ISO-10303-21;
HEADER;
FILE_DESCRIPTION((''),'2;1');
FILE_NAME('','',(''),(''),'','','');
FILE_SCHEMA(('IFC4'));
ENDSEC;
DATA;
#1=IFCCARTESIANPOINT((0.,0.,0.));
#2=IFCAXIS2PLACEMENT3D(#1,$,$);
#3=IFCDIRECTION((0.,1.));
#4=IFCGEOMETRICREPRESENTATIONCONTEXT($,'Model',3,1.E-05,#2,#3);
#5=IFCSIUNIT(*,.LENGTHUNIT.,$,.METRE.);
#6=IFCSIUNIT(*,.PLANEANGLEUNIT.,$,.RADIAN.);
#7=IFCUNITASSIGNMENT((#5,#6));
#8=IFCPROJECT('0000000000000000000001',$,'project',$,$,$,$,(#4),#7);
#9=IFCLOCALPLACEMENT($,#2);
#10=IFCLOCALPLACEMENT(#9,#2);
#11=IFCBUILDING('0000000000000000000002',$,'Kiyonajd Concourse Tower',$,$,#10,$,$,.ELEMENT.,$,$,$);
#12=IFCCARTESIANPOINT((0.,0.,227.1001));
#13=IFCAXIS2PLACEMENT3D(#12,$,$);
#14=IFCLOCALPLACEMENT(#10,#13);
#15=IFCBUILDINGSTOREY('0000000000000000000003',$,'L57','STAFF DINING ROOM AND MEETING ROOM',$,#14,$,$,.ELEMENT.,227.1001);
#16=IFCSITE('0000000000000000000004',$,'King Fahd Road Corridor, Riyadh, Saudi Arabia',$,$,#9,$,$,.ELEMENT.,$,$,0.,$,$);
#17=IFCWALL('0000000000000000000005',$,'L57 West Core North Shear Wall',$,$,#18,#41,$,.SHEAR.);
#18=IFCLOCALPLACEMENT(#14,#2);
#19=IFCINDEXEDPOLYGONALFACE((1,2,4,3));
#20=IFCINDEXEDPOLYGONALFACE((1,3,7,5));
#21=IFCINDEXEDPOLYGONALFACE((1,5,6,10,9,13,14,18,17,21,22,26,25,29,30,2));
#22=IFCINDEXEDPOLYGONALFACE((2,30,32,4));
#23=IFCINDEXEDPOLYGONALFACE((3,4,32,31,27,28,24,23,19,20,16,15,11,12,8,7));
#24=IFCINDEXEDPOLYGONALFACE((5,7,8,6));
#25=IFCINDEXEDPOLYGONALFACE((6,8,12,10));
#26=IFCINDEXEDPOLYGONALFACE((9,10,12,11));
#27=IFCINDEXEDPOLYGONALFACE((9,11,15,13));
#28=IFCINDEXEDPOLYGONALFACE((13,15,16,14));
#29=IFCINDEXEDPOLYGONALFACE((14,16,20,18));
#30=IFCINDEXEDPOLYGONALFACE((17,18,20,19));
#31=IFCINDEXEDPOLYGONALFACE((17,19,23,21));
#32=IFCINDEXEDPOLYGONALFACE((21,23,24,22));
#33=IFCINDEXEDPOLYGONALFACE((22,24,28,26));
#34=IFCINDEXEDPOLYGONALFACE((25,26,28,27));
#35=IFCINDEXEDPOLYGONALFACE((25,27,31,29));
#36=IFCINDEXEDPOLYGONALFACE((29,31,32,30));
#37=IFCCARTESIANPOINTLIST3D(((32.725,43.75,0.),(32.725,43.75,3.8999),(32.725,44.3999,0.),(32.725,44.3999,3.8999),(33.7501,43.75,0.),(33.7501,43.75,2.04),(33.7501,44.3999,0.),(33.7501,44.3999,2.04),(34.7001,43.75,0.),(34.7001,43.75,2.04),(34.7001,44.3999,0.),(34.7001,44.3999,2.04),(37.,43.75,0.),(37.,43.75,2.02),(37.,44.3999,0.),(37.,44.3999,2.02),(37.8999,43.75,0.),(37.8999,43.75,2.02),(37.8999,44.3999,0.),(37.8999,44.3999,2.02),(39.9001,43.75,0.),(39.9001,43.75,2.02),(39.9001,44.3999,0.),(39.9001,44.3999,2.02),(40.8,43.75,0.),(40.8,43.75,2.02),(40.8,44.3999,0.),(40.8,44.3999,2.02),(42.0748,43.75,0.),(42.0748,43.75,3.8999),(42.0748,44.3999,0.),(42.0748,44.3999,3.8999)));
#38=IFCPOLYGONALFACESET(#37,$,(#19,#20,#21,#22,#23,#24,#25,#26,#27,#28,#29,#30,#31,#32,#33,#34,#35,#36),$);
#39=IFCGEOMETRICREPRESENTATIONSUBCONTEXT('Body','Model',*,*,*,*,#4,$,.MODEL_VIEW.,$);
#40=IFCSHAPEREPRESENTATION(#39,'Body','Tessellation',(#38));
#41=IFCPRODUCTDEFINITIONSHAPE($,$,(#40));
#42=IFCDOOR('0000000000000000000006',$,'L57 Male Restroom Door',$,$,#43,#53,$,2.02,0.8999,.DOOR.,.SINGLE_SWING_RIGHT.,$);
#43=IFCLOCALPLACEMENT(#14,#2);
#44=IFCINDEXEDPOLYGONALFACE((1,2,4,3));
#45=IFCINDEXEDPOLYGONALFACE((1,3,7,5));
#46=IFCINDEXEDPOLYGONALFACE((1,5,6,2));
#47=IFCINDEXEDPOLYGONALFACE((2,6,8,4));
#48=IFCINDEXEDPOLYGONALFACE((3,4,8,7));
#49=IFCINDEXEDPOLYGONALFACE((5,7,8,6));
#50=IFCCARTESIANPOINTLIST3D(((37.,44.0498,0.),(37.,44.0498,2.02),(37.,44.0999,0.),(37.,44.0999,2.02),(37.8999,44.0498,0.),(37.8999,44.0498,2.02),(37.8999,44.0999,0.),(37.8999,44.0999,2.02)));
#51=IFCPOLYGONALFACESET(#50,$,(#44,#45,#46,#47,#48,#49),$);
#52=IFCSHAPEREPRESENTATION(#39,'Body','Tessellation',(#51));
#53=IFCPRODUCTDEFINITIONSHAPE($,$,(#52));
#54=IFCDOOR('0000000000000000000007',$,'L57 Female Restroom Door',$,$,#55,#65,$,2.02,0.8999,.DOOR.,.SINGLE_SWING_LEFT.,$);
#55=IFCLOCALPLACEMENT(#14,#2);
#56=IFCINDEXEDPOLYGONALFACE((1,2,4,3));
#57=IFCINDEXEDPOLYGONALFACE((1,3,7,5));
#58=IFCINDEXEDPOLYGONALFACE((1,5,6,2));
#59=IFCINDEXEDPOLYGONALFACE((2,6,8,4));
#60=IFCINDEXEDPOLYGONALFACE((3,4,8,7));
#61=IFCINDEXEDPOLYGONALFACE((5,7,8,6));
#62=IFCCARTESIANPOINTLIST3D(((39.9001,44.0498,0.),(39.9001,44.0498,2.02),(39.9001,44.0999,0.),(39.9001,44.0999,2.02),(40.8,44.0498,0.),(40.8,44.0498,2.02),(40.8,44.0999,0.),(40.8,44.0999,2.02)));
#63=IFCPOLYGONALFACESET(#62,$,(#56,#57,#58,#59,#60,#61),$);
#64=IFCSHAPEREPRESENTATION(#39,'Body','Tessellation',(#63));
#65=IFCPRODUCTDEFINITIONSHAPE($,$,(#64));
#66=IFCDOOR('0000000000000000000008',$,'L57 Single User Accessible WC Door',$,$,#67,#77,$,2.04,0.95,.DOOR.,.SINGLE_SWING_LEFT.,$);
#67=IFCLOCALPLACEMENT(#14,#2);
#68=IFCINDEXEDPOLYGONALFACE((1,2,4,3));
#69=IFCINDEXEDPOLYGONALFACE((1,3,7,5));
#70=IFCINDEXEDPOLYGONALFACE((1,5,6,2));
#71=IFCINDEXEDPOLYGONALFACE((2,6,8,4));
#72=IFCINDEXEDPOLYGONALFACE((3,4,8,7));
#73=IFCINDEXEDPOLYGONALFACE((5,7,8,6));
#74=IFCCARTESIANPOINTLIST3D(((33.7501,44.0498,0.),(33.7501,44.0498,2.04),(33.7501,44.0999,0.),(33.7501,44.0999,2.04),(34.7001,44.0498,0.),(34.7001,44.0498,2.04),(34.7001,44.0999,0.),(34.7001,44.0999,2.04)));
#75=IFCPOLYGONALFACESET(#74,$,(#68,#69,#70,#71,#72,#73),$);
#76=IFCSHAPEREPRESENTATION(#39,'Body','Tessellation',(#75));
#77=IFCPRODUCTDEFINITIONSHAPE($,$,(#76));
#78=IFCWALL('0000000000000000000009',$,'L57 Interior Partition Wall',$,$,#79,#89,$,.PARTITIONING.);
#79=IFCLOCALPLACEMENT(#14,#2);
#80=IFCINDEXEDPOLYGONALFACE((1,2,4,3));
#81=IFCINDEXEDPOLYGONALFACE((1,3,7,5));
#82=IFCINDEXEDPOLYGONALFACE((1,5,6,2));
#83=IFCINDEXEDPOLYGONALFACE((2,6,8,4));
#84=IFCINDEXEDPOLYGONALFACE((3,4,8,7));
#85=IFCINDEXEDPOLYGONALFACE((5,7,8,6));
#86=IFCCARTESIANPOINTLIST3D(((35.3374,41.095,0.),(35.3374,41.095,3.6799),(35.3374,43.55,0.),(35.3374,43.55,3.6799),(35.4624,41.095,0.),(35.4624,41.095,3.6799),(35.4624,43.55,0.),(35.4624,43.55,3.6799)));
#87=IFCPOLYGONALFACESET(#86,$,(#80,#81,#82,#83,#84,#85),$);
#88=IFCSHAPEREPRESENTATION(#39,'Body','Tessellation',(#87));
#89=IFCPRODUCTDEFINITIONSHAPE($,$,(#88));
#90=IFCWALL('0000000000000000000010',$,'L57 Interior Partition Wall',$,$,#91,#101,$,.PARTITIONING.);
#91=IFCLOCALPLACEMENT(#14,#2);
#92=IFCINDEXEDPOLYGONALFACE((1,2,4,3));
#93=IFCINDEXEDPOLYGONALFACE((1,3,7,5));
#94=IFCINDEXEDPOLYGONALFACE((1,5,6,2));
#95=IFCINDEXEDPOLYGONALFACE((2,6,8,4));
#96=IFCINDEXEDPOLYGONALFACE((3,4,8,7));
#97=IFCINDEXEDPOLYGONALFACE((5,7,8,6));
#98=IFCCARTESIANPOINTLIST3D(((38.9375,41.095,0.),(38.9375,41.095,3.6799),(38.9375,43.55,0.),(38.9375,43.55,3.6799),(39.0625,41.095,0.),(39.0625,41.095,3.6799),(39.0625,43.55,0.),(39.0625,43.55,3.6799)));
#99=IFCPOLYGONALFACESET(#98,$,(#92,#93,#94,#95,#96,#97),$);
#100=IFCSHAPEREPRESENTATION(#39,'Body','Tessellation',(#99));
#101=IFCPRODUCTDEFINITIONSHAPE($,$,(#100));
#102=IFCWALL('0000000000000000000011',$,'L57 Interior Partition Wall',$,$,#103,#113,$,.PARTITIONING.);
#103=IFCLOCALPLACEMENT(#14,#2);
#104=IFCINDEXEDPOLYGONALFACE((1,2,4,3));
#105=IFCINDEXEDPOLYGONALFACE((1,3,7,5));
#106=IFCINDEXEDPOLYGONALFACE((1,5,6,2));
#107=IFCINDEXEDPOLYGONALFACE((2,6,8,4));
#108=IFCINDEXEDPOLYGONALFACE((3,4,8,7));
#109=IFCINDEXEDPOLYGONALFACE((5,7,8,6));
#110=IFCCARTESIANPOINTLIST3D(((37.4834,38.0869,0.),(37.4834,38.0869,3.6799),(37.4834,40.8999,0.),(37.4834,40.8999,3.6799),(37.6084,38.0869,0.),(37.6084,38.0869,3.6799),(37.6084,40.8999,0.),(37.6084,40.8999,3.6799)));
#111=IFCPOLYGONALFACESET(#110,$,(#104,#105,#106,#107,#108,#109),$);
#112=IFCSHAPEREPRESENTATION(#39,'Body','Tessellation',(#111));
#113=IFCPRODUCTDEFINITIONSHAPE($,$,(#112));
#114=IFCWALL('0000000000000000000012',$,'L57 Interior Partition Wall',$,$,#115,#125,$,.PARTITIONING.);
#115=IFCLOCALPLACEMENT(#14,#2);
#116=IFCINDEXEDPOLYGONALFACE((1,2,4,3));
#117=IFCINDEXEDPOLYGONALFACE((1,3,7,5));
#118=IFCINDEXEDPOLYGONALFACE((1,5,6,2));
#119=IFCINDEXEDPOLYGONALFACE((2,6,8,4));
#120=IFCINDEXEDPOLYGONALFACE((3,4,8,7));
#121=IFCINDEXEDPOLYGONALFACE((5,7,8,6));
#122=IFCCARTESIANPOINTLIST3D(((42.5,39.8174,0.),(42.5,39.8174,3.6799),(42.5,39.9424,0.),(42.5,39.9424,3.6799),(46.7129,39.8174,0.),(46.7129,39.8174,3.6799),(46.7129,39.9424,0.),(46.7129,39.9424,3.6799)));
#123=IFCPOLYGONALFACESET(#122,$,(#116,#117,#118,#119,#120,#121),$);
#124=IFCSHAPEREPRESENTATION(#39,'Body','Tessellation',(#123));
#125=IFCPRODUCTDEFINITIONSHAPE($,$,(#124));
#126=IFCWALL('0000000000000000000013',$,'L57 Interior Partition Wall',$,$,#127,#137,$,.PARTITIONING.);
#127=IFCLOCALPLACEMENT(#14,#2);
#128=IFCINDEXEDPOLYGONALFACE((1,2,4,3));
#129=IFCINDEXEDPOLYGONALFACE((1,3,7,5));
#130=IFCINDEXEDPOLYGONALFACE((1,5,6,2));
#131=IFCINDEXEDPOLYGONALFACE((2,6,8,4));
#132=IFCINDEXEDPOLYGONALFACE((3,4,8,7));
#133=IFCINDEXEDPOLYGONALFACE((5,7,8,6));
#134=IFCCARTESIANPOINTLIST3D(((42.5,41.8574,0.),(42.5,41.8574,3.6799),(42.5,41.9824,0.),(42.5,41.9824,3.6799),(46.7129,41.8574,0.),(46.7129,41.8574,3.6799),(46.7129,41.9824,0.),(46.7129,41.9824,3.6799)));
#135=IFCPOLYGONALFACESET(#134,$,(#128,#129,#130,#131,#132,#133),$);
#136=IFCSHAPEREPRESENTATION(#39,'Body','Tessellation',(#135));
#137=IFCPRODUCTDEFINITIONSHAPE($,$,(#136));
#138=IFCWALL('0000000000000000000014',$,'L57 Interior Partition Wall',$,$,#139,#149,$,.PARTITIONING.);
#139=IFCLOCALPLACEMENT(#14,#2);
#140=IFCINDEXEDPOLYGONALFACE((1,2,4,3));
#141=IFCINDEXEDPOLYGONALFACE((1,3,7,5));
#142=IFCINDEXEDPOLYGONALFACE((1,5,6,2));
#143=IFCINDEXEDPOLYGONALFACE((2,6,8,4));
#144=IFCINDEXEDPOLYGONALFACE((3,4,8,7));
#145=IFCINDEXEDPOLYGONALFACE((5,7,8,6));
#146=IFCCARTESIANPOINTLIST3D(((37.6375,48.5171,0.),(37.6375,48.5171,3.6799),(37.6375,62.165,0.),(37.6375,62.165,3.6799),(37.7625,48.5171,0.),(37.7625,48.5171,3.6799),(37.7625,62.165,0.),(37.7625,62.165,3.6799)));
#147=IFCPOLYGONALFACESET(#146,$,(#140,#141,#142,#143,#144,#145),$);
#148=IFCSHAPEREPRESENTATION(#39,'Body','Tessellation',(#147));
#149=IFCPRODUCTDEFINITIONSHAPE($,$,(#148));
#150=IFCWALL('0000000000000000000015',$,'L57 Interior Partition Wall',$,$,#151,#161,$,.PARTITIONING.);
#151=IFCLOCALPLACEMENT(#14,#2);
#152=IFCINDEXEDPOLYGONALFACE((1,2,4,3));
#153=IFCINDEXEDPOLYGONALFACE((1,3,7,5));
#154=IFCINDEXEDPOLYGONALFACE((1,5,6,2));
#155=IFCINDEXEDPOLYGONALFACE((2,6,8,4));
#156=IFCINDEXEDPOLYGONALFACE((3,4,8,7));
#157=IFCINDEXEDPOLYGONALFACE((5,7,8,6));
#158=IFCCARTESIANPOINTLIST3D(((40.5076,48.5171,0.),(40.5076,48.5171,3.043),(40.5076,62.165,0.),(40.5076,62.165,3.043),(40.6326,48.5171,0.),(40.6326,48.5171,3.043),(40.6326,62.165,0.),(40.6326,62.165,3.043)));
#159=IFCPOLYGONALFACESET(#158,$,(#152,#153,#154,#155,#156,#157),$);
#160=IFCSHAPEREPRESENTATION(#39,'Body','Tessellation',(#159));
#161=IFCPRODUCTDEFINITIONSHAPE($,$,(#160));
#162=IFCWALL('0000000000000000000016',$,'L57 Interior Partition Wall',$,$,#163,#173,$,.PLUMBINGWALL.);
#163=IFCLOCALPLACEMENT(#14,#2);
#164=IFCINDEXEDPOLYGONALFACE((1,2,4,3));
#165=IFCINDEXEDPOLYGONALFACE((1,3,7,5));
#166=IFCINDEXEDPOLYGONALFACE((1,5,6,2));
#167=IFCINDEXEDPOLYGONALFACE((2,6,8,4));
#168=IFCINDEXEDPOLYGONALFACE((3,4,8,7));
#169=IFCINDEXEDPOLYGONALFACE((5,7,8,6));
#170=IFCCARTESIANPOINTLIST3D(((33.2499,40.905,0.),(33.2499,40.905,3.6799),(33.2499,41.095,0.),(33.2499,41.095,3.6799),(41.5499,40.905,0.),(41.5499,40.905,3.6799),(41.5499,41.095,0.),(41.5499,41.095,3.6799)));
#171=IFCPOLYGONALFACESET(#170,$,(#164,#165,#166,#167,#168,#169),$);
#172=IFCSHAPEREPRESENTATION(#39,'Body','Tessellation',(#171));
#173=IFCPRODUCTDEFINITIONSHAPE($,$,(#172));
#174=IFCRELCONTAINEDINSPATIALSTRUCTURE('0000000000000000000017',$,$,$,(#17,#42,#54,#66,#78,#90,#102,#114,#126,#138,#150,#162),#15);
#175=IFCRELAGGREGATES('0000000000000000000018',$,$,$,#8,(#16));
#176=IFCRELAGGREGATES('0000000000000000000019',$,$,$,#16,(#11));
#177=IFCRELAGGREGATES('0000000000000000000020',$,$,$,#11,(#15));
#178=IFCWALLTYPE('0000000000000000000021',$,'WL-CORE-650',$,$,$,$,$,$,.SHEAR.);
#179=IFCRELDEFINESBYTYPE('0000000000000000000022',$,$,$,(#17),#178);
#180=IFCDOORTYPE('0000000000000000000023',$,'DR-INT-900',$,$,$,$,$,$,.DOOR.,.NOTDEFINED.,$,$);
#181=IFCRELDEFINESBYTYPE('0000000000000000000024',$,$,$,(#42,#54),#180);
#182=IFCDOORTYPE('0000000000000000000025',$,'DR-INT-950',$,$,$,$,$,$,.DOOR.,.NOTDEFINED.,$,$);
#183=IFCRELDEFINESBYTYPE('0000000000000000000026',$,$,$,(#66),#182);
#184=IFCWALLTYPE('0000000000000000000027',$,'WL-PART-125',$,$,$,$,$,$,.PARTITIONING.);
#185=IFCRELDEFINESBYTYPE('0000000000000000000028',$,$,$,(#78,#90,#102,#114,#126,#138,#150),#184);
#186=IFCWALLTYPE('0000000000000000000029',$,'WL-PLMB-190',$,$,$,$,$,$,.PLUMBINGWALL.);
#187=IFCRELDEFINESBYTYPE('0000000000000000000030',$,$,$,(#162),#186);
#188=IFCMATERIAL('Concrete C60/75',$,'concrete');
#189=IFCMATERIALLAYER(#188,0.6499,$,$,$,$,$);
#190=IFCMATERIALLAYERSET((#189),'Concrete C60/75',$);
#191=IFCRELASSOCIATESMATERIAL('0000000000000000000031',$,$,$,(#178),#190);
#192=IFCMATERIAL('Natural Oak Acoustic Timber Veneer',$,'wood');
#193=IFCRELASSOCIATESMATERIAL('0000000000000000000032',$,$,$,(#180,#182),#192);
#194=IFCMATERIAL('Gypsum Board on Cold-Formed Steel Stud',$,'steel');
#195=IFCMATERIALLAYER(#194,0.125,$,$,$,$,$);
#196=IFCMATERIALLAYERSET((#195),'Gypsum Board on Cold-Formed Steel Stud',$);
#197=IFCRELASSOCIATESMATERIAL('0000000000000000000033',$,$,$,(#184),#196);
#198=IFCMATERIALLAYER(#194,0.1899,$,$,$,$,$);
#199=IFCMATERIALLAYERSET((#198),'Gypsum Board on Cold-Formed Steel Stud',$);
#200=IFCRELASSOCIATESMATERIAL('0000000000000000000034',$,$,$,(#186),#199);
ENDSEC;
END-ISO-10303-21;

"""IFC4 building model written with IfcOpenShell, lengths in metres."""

from ifc_helpers import new_model, si_unit, direction, frame, frame_2d, origin, place, context, subcontext, project, spatial, rectangle, extrude, material, layer, layer_set, type_object, element, fill, save


model = new_model("IFC4")

# Units and contexts
model_context = context("Model", 3, precision=1e-05, world=origin(), true_north=direction((0.0, 1.0)))
body_context = subcontext(model_context, "Body", "Model", "MODEL_VIEW")
ifc_project = project(units=[si_unit("LENGTHUNIT", "METRE"), si_unit("PLANEANGLEUNIT", "RADIAN")], contexts=[model_context])

# Site, building, storey
site_placement = place(None, origin())
site = spatial("IfcSite", under=ifc_project, at=site_placement, Name="King Fahd Road Corridor, Riyadh, Saudi Arabia", CompositionType="ELEMENT", RefElevation=0.0)
building_placement = place(site_placement, origin())
building = spatial("IfcBuilding", under=site, at=building_placement, Name="Kiyonajd Concourse Tower", CompositionType="ELEMENT")
storey_placement = place(building_placement, frame((0.0, 0.0, 227.1001)))
storey = spatial("IfcBuildingStorey", under=building, at=storey_placement, Name="L57", Description="STAFF DINING ROOM AND MEETING ROOM", CompositionType="ELEMENT", Elevation=227.1001)

# Shared definitions
ifc_material_1 = material(Name="Concrete C60/75", Category="concrete")

# Shared definitions
ifc_layer_1 = layer(ifc_material_1, 0.6499)
ifc_layer_set_1 = layer_set([ifc_layer_1], Name="Concrete C60/75")
wall_type_1 = type_object("IfcWallType", Name="WL-CORE-650", PredefinedType="SHEAR", material=ifc_layer_set_1)

# Wall, openings, doors
wall_1_placement = place(storey_placement, frame((32.7251, 44.075, 0.0), z_axis=(0.0, 0.0, 1.0), x_axis=(1.0, 0.0, 0.0)))
wall_1 = element("IfcWall", 1, at=wall_1_placement, inside=storey, type_object=wall_type_1, Name="L57 West Core North Shear Wall", PredefinedType="SHEAR", context=body_context, shape_type="SweptSolid", body=[
    extrude(rectangle(XDim=9.3499, YDim=0.6499, at=frame_2d((4.6748, 0.0))), origin(), (0.0, 0.0, 1.0), 3.8999),
])
opening_1_placement = place(wall_1_placement, frame((1.0249, 0.0, 0.0)))
opening_1 = element("IfcOpeningElement", 2, at=opening_1_placement, cuts=wall_1, PredefinedType="OPENING", context=body_context, shape_type="SweptSolid", body=[
    extrude(rectangle(XDim=0.95, YDim=2.04, at=frame_2d((0.4751, 1.02))), frame((0.0, 0.335, 0.0), z_axis=(0.0, -1.0, 0.0), x_axis=(1.0, 0.0, 0.0)), (0.0, 0.0, 1.0), 0.6699),
])
opening_2_placement = place(wall_1_placement, frame((4.2749, 0.0, 0.0)))
opening_2 = element("IfcOpeningElement", 3, at=opening_2_placement, cuts=wall_1, PredefinedType="OPENING", context=body_context, shape_type="SweptSolid", body=[
    extrude(rectangle(XDim=0.8999, YDim=2.02, at=frame_2d((0.45, 1.01))), frame((0.0, 0.335, 0.0), z_axis=(0.0, -1.0, 0.0), x_axis=(1.0, 0.0, 0.0)), (0.0, 0.0, 1.0), 0.6699),
])
opening_3_placement = place(wall_1_placement, frame((7.175, 0.0, 0.0)))
opening_3 = element("IfcOpeningElement", 4, at=opening_3_placement, cuts=wall_1, PredefinedType="OPENING", context=body_context, shape_type="SweptSolid", body=[
    extrude(rectangle(XDim=0.8999, YDim=2.02, at=frame_2d((0.45, 1.01))), frame((0.0, 0.335, 0.0), z_axis=(0.0, -1.0, 0.0), x_axis=(1.0, 0.0, 0.0)), (0.0, 0.0, 1.0), 0.6699),
])
ifc_material_2 = material(Name="Natural Oak Acoustic Timber Veneer", Category="wood")
door_type_1 = type_object("IfcDoorType", Name="DR-INT-900", OperationType="NOTDEFINED", PredefinedType="DOOR", material=ifc_material_2)
door_1_placement = place(opening_2_placement, origin())
door_1 = element("IfcDoor", 5, at=door_1_placement, inside=storey, type_object=door_type_1, Name="L57 Male Restroom Door", OperationType="SINGLE_SWING_RIGHT", OverallHeight=2.02, OverallWidth=0.8999, PredefinedType="DOOR", context=body_context, shape_type="SweptSolid", body=[
    extrude(rectangle(XDim=0.8999, YDim=2.02, at=frame_2d((0.45, 1.01))), frame((0.0, 0.0249, 0.0), z_axis=(0.0, -1.0, 0.0), x_axis=(1.0, 0.0, 0.0)), (0.0, 0.0, 1.0), 0.05),
])
fill(opening_2, door_1)
door_2_placement = place(opening_3_placement, origin())
door_2 = element("IfcDoor", 6, at=door_2_placement, inside=storey, type_object=door_type_1, Name="L57 Female Restroom Door", OperationType="SINGLE_SWING_LEFT", OverallHeight=2.02, OverallWidth=0.8999, PredefinedType="DOOR", context=body_context, shape_type="SweptSolid", body=[
    extrude(rectangle(XDim=0.8999, YDim=2.02, at=frame_2d((0.45, 1.01))), frame((0.0, 0.0249, 0.0), z_axis=(0.0, -1.0, 0.0), x_axis=(1.0, 0.0, 0.0)), (0.0, 0.0, 1.0), 0.05),
])
fill(opening_3, door_2)
door_type_2 = type_object("IfcDoorType", Name="DR-INT-950", OperationType="NOTDEFINED", PredefinedType="DOOR", material=ifc_material_2)
door_3_placement = place(opening_1_placement, origin())
door_3 = element("IfcDoor", 7, at=door_3_placement, inside=storey, type_object=door_type_2, Name="L57 Single User Accessible WC Door", OperationType="SINGLE_SWING_LEFT", OverallHeight=2.04, OverallWidth=0.95, PredefinedType="DOOR", context=body_context, shape_type="SweptSolid", body=[
    extrude(rectangle(XDim=0.95, YDim=2.04, at=frame_2d((0.4751, 1.02))), frame((0.0, 0.0249, 0.0), z_axis=(0.0, -1.0, 0.0), x_axis=(1.0, 0.0, 0.0)), (0.0, 0.0, 1.0), 0.05),
])
fill(opening_1, door_3)

# Walls
ifc_material_3 = material(Name="Gypsum Board on Cold-Formed Steel Stud", Category="steel")
ifc_layer_2 = layer(ifc_material_3, 0.125)
ifc_layer_set_2 = layer_set([ifc_layer_2], Name="Gypsum Board on Cold-Formed Steel Stud")
wall_type_2 = type_object("IfcWallType", Name="WL-PART-125", PredefinedType="PARTITIONING", material=ifc_layer_set_2)
for number, where, z_axis, x_axis, name in (
    (8, (35.3999, 41.095, 0.0), (0.0, 0.0, 1.0), (0.0, 1.0, 0.0), "L57 Interior Partition Wall"),
    (9, (39.0, 41.095, 0.0), (0.0, 0.0, 1.0), (0.0, 1.0, 0.0), "L57 Interior Partition Wall"),
):
    element("IfcWall", number, at=place(storey_placement, frame(where, z_axis=z_axis, x_axis=x_axis)), inside=storey, type_object=wall_type_2, Name=name, PredefinedType="PARTITIONING", context=body_context, shape_type="SweptSolid", body=[
        extrude(rectangle(XDim=2.4551, YDim=0.125, at=frame_2d((1.2275, 0.0))), origin(), (0.0, 0.0, 1.0), 3.6799),
    ])
wall_2_placement = place(storey_placement, frame((37.5459, 38.0869, 0.0), z_axis=(0.0, 0.0, 1.0), x_axis=(0.0, 1.0, 0.0)))
element("IfcWall", 10, at=wall_2_placement, inside=storey, type_object=wall_type_2, Name="L57 Interior Partition Wall", PredefinedType="PARTITIONING", context=body_context, shape_type="SweptSolid", body=[
    extrude(rectangle(XDim=2.813, YDim=0.125, at=frame_2d((1.4065, 0.0))), origin(), (0.0, 0.0, 1.0), 3.6799),
])
for number, where, z_axis, x_axis, name in (
    (11, (42.5, 39.8799, 0.0), (0.0, 0.0, 1.0), (1.0, 0.0, 0.0), "L57 Interior Partition Wall"),
    (12, (42.5, 41.9199, 0.0), (0.0, 0.0, 1.0), (1.0, 0.0, 0.0), "L57 Interior Partition Wall"),
):
    element("IfcWall", number, at=place(storey_placement, frame(where, z_axis=z_axis, x_axis=x_axis)), inside=storey, type_object=wall_type_2, Name=name, PredefinedType="PARTITIONING", context=body_context, shape_type="SweptSolid", body=[
        extrude(rectangle(XDim=4.2129, YDim=0.125, at=frame_2d((2.1064, 0.0))), origin(), (0.0, 0.0, 1.0), 3.6799),
    ])
wall_3_placement = place(storey_placement, frame((37.7, 48.5171, 0.0), z_axis=(0.0, 0.0, 1.0), x_axis=(0.0, 1.0, 0.0)))
element("IfcWall", 13, at=wall_3_placement, inside=storey, type_object=wall_type_2, Name="L57 Interior Partition Wall", PredefinedType="PARTITIONING", context=body_context, shape_type="SweptSolid", body=[
    extrude(rectangle(XDim=13.6479, YDim=0.125, at=frame_2d((6.824, 0.0))), origin(), (0.0, 0.0, 1.0), 3.6799),
])
wall_4_placement = place(storey_placement, frame((40.5701, 48.5171, 0.0), z_axis=(0.0, 0.0, 1.0), x_axis=(0.0, 1.0, 0.0)))
element("IfcWall", 14, at=wall_4_placement, inside=storey, type_object=wall_type_2, Name="L57 Interior Partition Wall", PredefinedType="PARTITIONING", context=body_context, shape_type="SweptSolid", body=[
    extrude(rectangle(XDim=13.6479, YDim=0.125, at=frame_2d((6.824, 0.0))), origin(), (0.0, 0.0, 1.0), 3.043),
])
ifc_layer_3 = layer(ifc_material_3, 0.1899)
ifc_layer_set_3 = layer_set([ifc_layer_3], Name="Gypsum Board on Cold-Formed Steel Stud")
wall_type_3 = type_object("IfcWallType", Name="WL-PLMB-190", PredefinedType="PLUMBINGWALL", material=ifc_layer_set_3)
wall_5_placement = place(storey_placement, frame((33.25, 41.0, 0.0), z_axis=(0.0, 0.0, 1.0), x_axis=(1.0, 0.0, 0.0)))
element("IfcWall", 15, at=wall_5_placement, inside=storey, type_object=wall_type_3, Name="L57 Interior Partition Wall", PredefinedType="PLUMBINGWALL", context=body_context, shape_type="SweptSolid", body=[
    extrude(rectangle(XDim=8.3, YDim=0.1899, at=frame_2d((4.1499, 0.0))), origin(), (0.0, 0.0, 1.0), 3.6799),
])

save(model, "model.ifc")
